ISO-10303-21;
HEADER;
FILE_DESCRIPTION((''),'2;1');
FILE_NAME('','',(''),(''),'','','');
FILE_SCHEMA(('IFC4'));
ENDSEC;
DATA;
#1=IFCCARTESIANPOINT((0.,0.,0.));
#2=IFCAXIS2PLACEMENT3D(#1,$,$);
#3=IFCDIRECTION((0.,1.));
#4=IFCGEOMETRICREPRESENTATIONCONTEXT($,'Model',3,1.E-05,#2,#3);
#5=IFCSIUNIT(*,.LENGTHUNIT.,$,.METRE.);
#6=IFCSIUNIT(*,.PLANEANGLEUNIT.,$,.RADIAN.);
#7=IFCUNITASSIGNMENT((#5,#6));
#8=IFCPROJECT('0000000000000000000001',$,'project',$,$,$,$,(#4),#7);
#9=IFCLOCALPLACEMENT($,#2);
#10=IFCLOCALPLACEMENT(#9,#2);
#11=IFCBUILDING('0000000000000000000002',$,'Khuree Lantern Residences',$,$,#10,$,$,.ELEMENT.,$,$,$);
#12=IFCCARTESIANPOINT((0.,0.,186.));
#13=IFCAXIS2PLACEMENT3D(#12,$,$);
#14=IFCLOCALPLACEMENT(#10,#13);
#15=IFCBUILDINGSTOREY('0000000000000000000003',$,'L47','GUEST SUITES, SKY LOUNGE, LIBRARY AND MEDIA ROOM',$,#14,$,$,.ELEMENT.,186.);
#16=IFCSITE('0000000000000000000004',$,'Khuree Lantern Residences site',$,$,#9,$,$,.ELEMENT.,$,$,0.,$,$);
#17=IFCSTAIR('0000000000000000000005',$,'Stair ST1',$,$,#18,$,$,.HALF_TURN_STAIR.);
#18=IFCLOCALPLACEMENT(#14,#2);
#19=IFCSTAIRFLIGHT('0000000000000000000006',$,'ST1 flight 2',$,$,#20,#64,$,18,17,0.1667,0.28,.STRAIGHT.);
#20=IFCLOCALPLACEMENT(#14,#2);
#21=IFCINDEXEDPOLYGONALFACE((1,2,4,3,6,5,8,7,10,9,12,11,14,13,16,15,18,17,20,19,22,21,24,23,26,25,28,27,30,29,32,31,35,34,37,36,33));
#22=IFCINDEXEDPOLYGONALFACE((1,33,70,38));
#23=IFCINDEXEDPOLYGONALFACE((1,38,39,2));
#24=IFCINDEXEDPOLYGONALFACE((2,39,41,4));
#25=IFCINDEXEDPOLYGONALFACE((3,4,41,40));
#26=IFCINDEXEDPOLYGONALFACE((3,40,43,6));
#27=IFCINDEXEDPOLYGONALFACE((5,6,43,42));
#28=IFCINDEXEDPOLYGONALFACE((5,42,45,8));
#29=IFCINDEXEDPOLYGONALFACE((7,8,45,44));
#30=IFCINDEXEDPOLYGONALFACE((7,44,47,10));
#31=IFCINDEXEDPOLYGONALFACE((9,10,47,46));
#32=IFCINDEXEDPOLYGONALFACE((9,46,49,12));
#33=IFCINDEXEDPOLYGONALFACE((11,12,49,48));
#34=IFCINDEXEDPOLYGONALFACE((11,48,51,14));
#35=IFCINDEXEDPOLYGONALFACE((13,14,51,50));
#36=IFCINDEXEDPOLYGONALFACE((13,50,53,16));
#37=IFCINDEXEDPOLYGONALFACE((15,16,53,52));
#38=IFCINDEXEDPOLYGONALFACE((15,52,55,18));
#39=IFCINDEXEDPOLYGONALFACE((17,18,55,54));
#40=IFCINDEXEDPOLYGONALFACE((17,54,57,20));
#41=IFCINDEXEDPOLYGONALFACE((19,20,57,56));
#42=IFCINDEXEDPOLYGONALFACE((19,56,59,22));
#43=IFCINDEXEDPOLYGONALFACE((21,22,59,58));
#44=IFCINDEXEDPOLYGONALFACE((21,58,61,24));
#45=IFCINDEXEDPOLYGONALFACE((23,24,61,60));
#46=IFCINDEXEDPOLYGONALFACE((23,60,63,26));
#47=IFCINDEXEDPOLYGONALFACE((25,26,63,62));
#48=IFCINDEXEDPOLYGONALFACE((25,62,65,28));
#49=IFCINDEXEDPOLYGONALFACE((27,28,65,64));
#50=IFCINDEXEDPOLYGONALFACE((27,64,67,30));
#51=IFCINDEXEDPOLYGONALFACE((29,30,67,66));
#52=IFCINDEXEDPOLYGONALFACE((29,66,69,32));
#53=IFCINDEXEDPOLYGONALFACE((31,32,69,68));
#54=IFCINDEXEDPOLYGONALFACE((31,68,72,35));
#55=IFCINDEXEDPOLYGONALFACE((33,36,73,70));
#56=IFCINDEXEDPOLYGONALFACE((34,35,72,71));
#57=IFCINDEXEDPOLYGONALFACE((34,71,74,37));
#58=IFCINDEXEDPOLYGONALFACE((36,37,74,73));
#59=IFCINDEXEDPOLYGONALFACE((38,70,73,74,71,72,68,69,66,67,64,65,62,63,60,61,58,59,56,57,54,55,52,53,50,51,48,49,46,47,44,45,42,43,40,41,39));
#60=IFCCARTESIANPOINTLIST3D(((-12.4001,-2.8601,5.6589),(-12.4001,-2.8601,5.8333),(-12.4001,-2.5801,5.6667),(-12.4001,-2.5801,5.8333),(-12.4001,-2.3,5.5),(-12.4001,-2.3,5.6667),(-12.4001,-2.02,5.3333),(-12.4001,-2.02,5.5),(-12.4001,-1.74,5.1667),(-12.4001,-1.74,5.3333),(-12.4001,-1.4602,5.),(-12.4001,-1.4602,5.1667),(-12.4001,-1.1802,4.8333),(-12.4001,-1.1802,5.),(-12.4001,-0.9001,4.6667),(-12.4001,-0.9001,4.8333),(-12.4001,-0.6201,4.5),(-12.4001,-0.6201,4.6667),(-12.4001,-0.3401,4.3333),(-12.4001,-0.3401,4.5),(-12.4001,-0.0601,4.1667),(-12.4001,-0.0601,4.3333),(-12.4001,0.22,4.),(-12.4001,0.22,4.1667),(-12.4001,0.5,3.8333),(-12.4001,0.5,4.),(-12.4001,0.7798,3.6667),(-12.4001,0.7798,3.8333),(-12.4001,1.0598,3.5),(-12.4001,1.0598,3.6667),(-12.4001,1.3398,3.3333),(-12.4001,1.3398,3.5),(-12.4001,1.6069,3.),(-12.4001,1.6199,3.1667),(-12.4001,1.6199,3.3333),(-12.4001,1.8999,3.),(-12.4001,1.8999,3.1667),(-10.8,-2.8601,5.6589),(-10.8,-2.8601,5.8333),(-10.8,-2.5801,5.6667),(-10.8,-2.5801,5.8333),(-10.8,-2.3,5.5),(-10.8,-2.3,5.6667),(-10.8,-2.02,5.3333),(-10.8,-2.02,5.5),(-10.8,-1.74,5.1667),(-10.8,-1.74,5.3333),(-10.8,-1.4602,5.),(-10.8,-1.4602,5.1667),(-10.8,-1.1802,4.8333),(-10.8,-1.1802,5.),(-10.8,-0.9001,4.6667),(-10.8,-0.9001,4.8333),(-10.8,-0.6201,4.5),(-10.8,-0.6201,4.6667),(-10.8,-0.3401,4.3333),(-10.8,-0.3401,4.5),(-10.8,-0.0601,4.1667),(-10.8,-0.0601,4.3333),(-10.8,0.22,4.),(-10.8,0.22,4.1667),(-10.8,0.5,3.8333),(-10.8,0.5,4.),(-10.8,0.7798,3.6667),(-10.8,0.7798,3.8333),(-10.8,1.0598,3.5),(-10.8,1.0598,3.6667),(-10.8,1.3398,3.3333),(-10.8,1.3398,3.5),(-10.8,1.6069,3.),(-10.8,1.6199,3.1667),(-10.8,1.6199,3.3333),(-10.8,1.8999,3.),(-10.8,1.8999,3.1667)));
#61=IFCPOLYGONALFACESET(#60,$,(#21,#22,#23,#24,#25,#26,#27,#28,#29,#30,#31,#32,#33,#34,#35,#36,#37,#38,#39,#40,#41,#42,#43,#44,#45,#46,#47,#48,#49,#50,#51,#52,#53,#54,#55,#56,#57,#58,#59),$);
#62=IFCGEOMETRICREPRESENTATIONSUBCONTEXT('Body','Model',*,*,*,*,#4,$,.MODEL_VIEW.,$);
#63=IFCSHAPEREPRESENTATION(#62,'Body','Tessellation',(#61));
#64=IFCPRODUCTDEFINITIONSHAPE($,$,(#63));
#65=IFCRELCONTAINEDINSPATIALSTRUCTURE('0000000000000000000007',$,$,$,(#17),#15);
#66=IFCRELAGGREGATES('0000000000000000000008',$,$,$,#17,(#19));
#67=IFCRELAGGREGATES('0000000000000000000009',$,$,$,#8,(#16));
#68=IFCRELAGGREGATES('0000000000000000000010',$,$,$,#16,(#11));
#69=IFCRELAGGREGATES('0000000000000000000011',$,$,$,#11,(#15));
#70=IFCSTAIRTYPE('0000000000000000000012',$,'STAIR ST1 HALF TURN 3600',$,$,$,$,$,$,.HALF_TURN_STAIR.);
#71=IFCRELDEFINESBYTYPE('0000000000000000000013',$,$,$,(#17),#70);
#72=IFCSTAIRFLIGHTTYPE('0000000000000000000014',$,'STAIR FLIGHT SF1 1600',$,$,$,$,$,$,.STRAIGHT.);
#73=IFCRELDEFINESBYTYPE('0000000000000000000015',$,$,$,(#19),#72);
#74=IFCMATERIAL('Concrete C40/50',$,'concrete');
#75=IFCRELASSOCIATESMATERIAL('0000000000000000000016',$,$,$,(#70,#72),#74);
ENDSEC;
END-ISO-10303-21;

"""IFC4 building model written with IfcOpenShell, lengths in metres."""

from ifc_helpers import new_model, si_unit, direction, frame, origin, place, context, subcontext, project, spatial, polyline, outline, extrude, material, type_object, element, aggregate, save


model = new_model("IFC4")

# Units and contexts
model_context = context("Model", 3, precision=1e-05, world=origin(), true_north=direction((0.0, 1.0)))
body_context = subcontext(model_context, "Body", "Model", "MODEL_VIEW")
ifc_project = project(units=[si_unit("LENGTHUNIT", "METRE"), si_unit("PLANEANGLEUNIT", "RADIAN")], contexts=[model_context])

# Site, building, storey
site_placement = place(None, origin())
site = spatial("IfcSite", under=ifc_project, at=site_placement, Name="Khuree Lantern Residences site", CompositionType="ELEMENT", RefElevation=0.0)
building_placement = place(site_placement, origin())
building = spatial("IfcBuilding", under=site, at=building_placement, Name="Khuree Lantern Residences", CompositionType="ELEMENT")
storey_placement = place(building_placement, frame((0.0, 0.0, 186.0)))
storey = spatial("IfcBuildingStorey", under=building, at=storey_placement, Name="L47", Description="GUEST SUITES, SKY LOUNGE, LIBRARY AND MEDIA ROOM", CompositionType="ELEMENT", Elevation=186.0)

# Stair, stair flight
ifc_material_1 = material(Name="Concrete C40/50", Category="concrete")
stair_type = type_object("IfcStairType", Name="STAIR ST1 HALF TURN 3600", PredefinedType="HALF_TURN_STAIR", material=ifc_material_1)
stair_placement = place(storey_placement, origin())
stair = element("IfcStair", 1, at=stair_placement, inside=storey, type_object=stair_type, Name="Stair ST1", PredefinedType="HALF_TURN_STAIR")
stair_flight_type = type_object("IfcStairFlightType", Name="STAIR FLIGHT SF1 1600", PredefinedType="STRAIGHT", material=ifc_material_1)
stair_flight_placement = place(storey_placement, frame((-11.6001, 1.8999, 3.0), z_axis=(0.0, 0.0, 1.0), x_axis=(0.0, -1.0, 0.0)))
stair_flight = element("IfcStairFlight", 2, at=stair_flight_placement, type_object=stair_flight_type, Name="ST1 flight 2", NumberOfRisers=18, NumberOfTreads=17, PredefinedType="STRAIGHT", RiserHeight=0.1667, TreadLength=0.28, context=body_context, shape_type="SweptSolid", body=[
    extrude(outline(polyline([(0.0, 0.0), (0.0, 0.1667), (0.28, 0.1667), (0.28, 0.3333), (0.5601, 0.3333), (0.5601, 0.5), (0.8401, 0.5), (0.8401, 0.6667), (1.1201, 0.6667), (1.1201, 0.8333), (1.3999, 0.8333), (1.3999, 1.0), (1.6799, 1.0), (1.6799, 1.1667), (1.96, 1.1667), (1.96, 1.3333), (2.24, 1.3333), (2.24, 1.5), (2.52, 1.5), (2.52, 1.6667), (2.8, 1.6667), (2.8, 1.8333), (3.0801, 1.8333), (3.0801, 2.0), (3.3601, 2.0), (3.3601, 2.1667), (3.6399, 2.1667), (3.6399, 2.3333), (3.9199, 2.3333), (3.9199, 2.5), (4.2, 2.5), (4.2, 2.6667), (4.48, 2.6667), (4.48, 2.8333), (4.76, 2.8333), (4.76, 3.0), (4.76, 2.6589), (0.293, 0.0), (0.0, 0.0)])), frame((0.0, 0.8, 0.0), z_axis=(0.0, -1.0, 0.0), x_axis=(1.0, 0.0, 0.0)), (0.0, 0.0, 1.0), 1.6001),
])
aggregate(stair, [stair_flight])

save(model, "model.ifc")
